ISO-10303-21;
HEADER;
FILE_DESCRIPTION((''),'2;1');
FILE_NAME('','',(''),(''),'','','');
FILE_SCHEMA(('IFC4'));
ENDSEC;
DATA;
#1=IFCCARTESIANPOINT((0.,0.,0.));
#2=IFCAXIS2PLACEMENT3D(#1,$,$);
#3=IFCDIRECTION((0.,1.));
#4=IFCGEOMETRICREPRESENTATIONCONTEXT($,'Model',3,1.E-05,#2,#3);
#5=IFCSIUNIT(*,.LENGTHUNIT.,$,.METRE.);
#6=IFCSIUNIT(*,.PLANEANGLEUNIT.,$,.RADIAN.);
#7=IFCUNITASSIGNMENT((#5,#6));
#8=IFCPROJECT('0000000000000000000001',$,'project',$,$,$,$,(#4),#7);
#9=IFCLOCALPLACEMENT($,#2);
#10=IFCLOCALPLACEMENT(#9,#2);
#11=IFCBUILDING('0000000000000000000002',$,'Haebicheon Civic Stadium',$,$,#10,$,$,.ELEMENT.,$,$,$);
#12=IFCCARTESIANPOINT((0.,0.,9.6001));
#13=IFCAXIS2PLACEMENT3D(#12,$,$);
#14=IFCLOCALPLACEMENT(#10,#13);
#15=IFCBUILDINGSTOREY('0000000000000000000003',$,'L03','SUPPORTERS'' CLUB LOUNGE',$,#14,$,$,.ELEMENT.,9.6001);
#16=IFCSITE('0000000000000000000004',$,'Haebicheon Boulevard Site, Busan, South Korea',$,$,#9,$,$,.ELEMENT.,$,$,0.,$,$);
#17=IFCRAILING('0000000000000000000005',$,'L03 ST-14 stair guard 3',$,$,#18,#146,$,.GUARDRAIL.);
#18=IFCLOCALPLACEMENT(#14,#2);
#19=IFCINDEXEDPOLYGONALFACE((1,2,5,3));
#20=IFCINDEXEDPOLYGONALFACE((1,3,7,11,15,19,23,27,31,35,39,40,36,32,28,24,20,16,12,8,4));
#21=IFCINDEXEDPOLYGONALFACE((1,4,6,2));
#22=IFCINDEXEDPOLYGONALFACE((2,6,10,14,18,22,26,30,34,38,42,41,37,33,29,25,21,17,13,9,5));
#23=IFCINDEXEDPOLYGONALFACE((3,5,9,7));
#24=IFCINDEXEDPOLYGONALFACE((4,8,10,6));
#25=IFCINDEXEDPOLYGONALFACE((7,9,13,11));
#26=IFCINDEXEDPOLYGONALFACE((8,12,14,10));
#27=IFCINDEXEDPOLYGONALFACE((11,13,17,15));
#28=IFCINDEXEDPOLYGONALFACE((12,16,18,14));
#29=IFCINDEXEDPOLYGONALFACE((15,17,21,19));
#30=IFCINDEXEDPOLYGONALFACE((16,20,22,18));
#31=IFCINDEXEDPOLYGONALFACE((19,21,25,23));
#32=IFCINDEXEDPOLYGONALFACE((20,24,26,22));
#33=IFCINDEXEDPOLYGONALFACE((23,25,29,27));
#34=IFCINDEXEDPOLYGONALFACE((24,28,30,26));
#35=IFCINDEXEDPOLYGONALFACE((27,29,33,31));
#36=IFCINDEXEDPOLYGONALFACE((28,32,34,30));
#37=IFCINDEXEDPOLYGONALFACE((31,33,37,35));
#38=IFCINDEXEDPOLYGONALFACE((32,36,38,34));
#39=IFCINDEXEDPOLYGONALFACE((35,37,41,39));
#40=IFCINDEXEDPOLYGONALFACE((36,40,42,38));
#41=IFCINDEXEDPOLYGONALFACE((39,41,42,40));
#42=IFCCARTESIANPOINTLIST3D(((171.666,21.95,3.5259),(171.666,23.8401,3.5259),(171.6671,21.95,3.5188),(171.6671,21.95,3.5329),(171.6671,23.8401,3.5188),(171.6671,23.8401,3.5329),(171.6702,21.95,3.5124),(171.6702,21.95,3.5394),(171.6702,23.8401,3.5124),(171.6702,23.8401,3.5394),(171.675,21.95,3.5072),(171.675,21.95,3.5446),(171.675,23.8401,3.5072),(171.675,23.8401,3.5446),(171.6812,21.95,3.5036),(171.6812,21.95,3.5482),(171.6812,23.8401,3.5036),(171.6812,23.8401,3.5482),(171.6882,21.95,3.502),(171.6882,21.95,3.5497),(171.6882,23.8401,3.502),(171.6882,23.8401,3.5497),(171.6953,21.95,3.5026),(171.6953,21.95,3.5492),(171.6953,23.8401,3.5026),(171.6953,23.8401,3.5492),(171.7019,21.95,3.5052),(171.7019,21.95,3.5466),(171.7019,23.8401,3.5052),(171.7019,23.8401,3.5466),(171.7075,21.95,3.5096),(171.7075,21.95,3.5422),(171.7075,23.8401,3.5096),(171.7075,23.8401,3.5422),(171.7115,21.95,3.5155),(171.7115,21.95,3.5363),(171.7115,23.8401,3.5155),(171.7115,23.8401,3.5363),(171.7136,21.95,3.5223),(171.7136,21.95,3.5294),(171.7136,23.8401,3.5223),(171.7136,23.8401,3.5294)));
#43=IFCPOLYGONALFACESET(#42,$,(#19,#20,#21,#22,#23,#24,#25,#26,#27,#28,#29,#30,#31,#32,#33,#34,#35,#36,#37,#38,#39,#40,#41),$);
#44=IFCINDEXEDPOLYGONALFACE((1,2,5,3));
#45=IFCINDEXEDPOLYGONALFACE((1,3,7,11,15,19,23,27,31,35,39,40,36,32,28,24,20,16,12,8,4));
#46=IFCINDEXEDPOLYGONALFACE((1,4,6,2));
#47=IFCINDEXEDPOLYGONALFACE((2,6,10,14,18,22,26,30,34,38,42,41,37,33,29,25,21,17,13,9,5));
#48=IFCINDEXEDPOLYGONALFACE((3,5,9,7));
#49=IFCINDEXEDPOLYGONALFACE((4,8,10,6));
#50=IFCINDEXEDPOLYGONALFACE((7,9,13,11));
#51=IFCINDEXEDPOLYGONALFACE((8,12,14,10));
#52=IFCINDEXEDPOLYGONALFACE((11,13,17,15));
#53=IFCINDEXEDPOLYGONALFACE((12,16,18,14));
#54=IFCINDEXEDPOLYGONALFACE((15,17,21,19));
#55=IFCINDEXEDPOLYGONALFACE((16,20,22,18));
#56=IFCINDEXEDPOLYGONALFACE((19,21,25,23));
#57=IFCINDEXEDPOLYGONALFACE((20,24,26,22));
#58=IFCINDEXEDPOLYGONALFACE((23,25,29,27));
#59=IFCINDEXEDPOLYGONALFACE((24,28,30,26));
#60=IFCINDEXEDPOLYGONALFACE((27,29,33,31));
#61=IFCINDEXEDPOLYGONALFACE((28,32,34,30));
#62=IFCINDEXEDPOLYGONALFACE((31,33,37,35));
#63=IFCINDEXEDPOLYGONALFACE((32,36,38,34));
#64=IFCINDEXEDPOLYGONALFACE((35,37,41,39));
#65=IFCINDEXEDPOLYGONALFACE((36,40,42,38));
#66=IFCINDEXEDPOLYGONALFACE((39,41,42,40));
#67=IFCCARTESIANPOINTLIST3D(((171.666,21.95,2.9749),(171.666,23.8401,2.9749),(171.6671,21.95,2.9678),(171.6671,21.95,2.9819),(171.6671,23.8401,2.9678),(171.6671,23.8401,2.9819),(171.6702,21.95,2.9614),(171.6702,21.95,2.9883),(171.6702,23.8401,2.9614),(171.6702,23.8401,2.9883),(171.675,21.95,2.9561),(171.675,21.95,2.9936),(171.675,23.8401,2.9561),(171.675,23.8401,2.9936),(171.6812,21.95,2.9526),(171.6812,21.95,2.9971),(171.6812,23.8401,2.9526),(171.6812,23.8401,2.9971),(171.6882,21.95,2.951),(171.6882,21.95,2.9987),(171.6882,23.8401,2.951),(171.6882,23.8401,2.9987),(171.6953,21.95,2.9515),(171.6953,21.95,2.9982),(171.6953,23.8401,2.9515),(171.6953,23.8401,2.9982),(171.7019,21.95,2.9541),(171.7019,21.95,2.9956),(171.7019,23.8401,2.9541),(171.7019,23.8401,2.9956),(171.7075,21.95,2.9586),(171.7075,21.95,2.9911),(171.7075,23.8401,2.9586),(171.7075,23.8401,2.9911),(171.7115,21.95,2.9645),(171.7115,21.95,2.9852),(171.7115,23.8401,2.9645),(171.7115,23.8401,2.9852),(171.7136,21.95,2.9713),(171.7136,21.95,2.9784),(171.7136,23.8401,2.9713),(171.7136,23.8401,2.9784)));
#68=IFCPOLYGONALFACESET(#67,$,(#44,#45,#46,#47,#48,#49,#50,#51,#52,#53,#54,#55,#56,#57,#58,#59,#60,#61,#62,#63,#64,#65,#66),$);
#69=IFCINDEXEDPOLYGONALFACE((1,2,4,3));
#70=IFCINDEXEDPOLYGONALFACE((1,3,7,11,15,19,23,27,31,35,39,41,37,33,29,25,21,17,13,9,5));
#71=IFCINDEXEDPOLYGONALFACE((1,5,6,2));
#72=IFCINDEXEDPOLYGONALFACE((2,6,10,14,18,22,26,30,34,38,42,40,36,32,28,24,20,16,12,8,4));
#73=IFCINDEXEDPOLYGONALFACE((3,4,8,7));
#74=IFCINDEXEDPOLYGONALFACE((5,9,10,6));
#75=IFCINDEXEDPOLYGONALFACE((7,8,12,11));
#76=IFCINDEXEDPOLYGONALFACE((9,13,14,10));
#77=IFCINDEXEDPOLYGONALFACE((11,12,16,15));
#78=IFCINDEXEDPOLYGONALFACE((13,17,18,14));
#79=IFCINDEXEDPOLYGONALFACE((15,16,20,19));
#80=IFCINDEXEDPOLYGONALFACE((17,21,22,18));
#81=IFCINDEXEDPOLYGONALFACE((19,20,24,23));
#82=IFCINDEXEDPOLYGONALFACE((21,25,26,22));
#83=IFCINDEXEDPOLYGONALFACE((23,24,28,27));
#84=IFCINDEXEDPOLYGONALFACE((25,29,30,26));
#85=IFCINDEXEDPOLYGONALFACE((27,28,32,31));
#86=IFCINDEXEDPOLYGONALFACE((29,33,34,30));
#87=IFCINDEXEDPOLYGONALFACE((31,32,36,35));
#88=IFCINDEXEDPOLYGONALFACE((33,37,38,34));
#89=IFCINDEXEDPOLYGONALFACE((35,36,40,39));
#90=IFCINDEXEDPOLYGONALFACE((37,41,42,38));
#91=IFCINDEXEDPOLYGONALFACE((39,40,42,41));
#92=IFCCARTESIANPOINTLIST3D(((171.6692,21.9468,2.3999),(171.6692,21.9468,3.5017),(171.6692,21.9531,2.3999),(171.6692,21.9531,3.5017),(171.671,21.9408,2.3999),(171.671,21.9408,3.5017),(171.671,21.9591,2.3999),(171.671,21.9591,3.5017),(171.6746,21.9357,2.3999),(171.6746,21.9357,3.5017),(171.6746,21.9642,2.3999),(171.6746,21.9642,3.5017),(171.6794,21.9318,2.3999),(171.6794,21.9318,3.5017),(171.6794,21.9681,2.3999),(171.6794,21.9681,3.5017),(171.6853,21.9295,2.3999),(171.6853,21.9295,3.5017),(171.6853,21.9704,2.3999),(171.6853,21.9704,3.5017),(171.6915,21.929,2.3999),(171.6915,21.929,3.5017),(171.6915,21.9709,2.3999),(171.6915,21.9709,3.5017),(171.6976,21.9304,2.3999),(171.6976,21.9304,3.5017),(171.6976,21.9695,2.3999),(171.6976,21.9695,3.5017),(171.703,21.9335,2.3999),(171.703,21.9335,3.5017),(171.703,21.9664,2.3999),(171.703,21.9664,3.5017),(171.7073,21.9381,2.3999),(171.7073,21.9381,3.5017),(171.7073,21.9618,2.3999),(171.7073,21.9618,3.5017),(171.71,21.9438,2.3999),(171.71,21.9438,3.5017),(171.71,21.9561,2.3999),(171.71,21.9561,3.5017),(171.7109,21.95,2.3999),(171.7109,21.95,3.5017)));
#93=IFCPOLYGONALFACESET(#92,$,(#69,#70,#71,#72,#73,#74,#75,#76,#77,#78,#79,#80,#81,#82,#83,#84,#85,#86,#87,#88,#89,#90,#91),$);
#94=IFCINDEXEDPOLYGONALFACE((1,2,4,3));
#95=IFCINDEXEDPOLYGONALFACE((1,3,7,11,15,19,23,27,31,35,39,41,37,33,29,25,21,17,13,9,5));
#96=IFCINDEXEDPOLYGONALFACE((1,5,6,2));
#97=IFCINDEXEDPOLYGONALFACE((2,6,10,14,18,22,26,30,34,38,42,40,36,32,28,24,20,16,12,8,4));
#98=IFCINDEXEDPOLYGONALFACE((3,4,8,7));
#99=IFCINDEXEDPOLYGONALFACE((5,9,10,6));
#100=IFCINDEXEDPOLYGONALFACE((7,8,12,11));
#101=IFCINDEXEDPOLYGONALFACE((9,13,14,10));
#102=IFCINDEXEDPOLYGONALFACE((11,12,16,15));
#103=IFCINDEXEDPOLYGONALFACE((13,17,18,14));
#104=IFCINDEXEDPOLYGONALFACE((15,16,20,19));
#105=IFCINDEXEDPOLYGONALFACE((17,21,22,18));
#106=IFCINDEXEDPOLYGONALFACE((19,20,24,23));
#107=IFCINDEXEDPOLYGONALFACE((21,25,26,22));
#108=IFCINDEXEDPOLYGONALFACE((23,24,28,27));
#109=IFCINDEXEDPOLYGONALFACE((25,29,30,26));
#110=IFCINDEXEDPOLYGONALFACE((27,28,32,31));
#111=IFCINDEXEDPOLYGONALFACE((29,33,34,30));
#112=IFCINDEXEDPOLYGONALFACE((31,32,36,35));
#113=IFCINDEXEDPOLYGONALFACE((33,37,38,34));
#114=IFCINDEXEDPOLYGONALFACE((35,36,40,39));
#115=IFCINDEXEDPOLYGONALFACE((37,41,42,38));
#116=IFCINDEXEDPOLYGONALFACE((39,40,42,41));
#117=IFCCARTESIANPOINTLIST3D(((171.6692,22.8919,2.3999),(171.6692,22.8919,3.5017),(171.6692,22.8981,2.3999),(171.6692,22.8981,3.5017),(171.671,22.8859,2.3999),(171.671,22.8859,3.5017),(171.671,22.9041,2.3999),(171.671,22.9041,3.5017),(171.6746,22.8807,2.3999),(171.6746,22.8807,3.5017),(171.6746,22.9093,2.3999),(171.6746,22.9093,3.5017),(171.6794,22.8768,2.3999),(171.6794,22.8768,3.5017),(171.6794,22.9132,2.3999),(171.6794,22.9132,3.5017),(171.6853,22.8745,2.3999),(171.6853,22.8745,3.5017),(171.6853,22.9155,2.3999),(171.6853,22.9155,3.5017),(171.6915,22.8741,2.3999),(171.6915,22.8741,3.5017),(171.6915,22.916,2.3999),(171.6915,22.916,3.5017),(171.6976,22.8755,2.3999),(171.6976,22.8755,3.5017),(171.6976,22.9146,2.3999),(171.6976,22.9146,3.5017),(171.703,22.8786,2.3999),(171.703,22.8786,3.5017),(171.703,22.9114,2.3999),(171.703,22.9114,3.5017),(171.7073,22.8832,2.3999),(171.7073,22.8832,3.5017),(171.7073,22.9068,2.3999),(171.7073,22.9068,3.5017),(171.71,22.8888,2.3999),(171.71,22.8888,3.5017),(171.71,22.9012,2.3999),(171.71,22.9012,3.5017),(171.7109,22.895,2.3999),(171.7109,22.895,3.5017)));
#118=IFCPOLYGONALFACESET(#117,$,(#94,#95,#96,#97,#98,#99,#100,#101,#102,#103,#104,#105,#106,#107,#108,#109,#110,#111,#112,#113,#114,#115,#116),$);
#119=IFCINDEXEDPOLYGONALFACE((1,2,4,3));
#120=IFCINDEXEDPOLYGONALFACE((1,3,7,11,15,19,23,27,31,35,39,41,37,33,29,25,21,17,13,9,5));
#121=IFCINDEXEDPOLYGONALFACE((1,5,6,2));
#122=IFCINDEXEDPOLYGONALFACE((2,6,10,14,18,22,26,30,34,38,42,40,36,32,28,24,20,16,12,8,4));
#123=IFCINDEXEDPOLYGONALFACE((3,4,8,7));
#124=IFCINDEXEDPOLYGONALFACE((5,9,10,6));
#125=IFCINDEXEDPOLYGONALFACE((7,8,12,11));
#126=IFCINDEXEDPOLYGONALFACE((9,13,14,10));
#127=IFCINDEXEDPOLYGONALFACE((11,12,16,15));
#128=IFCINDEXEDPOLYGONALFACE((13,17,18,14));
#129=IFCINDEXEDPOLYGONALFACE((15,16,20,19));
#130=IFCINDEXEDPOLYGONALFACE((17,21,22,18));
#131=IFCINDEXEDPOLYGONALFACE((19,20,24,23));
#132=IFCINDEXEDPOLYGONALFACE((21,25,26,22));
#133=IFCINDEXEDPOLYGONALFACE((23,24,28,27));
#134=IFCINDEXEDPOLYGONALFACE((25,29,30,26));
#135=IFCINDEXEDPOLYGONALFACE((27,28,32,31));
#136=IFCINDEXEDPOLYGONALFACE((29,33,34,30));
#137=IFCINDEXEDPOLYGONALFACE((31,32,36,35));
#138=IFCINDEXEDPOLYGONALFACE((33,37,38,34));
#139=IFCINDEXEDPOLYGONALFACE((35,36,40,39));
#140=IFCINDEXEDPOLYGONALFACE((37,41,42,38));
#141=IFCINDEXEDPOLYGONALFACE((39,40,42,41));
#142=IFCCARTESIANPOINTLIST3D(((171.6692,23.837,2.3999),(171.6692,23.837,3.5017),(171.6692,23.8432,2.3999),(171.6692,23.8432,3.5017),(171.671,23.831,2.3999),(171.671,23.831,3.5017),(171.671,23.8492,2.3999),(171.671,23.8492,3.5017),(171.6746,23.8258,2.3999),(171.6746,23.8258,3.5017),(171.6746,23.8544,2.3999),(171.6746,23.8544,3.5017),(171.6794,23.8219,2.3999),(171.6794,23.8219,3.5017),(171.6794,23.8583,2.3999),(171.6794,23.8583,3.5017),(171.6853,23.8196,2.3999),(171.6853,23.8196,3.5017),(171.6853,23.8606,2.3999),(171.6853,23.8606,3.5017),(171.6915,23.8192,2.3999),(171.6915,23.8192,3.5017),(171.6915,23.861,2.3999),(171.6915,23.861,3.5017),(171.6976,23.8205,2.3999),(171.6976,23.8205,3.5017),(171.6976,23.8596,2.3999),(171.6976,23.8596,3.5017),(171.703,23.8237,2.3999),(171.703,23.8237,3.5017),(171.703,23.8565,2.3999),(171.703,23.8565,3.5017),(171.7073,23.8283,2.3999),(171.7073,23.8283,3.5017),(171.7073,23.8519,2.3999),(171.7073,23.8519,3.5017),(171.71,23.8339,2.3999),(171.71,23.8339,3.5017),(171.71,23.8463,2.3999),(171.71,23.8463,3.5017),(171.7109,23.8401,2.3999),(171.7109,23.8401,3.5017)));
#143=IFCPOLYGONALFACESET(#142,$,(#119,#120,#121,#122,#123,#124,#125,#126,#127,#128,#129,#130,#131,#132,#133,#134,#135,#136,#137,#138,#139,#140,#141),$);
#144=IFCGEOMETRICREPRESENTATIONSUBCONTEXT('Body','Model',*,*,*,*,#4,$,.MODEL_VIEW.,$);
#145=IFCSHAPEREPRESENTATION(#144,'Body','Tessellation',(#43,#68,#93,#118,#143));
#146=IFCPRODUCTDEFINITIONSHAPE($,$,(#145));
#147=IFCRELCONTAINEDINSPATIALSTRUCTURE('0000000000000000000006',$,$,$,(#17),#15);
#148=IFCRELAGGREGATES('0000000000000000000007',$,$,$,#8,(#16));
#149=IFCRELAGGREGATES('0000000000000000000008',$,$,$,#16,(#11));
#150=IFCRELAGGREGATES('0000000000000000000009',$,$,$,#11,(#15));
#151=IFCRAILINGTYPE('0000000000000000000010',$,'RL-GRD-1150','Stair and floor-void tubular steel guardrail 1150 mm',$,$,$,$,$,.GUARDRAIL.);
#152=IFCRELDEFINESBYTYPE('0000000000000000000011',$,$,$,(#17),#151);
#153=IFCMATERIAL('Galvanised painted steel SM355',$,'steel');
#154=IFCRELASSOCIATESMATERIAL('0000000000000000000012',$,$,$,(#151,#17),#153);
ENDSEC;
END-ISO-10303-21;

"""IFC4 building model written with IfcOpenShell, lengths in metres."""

from ifc_helpers import new_model, si_unit, direction, frame, origin, origin_2d, place, context, subcontext, project, spatial, circle, extrude, material, type_object, element, save


model = new_model("IFC4")

# Units and contexts
model_context = context("Model", 3, precision=1e-05, world=origin(), true_north=direction((0.0, 1.0)))
body_context = subcontext(model_context, "Body", "Model", "MODEL_VIEW")
ifc_project = project(units=[si_unit("LENGTHUNIT", "METRE"), si_unit("PLANEANGLEUNIT", "RADIAN")], contexts=[model_context])

# Site, building, storey
site_placement = place(None, origin())
site = spatial("IfcSite", under=ifc_project, at=site_placement, Name="Haebicheon Boulevard Site, Busan, South Korea", CompositionType="ELEMENT", RefElevation=0.0)
building_placement = place(site_placement, origin())
building = spatial("IfcBuilding", under=site, at=building_placement, Name="Haebicheon Civic Stadium", CompositionType="ELEMENT")
storey_placement = place(building_placement, frame((0.0, 0.0, 9.6001)))
storey = spatial("IfcBuildingStorey", under=building, at=storey_placement, Name="L03", Description="SUPPORTERS' CLUB LOUNGE", CompositionType="ELEMENT", Elevation=9.6001)

# Railing
ifc_material_1 = material(Name="Galvanised painted steel SM355", Category="steel")
railing_type_1 = type_object("IfcRailingType", Name="RL-GRD-1150", Description="Stair and floor-void tubular steel guardrail 1150 mm", PredefinedType="GUARDRAIL", material=ifc_material_1)
for number, where, name in (
    (1, (171.6899, 21.95, 2.3999), "L03 ST-14 stair guard 3"),
):
    element("IfcRailing", number, at=place(storey_placement, frame(where)), inside=storey, type_object=railing_type_1, material=ifc_material_1, Name=name, PredefinedType="GUARDRAIL", context=body_context, shape_type="SweptSolid", body=[
        extrude(circle(Radius=0.0239, at=origin_2d()), frame((0.0, 0.0, 1.126), z_axis=(0.0, 1.0, 0.0), x_axis=(-1.0, 0.0, 0.0)), (0.0, 0.0, 1.0), 1.8901),
        extrude(circle(Radius=0.0239, at=origin_2d()), frame((0.0, 0.0, 0.575), z_axis=(0.0, 1.0, 0.0), x_axis=(-1.0, 0.0, 0.0)), (0.0, 0.0, 1.0), 1.8901),
        extrude(circle(Radius=0.021, at=origin_2d()), origin(), (0.0, 0.0, 1.0), 1.1018),
        extrude(circle(Radius=0.021, at=origin_2d()), frame((0.0, 0.9451, 0.0)), (0.0, 0.0, 1.0), 1.1018),
        extrude(circle(Radius=0.021, at=origin_2d()), frame((0.0, 1.8901, 0.0)), (0.0, 0.0, 1.0), 1.1018),
    ])

save(model, "model.ifc")
